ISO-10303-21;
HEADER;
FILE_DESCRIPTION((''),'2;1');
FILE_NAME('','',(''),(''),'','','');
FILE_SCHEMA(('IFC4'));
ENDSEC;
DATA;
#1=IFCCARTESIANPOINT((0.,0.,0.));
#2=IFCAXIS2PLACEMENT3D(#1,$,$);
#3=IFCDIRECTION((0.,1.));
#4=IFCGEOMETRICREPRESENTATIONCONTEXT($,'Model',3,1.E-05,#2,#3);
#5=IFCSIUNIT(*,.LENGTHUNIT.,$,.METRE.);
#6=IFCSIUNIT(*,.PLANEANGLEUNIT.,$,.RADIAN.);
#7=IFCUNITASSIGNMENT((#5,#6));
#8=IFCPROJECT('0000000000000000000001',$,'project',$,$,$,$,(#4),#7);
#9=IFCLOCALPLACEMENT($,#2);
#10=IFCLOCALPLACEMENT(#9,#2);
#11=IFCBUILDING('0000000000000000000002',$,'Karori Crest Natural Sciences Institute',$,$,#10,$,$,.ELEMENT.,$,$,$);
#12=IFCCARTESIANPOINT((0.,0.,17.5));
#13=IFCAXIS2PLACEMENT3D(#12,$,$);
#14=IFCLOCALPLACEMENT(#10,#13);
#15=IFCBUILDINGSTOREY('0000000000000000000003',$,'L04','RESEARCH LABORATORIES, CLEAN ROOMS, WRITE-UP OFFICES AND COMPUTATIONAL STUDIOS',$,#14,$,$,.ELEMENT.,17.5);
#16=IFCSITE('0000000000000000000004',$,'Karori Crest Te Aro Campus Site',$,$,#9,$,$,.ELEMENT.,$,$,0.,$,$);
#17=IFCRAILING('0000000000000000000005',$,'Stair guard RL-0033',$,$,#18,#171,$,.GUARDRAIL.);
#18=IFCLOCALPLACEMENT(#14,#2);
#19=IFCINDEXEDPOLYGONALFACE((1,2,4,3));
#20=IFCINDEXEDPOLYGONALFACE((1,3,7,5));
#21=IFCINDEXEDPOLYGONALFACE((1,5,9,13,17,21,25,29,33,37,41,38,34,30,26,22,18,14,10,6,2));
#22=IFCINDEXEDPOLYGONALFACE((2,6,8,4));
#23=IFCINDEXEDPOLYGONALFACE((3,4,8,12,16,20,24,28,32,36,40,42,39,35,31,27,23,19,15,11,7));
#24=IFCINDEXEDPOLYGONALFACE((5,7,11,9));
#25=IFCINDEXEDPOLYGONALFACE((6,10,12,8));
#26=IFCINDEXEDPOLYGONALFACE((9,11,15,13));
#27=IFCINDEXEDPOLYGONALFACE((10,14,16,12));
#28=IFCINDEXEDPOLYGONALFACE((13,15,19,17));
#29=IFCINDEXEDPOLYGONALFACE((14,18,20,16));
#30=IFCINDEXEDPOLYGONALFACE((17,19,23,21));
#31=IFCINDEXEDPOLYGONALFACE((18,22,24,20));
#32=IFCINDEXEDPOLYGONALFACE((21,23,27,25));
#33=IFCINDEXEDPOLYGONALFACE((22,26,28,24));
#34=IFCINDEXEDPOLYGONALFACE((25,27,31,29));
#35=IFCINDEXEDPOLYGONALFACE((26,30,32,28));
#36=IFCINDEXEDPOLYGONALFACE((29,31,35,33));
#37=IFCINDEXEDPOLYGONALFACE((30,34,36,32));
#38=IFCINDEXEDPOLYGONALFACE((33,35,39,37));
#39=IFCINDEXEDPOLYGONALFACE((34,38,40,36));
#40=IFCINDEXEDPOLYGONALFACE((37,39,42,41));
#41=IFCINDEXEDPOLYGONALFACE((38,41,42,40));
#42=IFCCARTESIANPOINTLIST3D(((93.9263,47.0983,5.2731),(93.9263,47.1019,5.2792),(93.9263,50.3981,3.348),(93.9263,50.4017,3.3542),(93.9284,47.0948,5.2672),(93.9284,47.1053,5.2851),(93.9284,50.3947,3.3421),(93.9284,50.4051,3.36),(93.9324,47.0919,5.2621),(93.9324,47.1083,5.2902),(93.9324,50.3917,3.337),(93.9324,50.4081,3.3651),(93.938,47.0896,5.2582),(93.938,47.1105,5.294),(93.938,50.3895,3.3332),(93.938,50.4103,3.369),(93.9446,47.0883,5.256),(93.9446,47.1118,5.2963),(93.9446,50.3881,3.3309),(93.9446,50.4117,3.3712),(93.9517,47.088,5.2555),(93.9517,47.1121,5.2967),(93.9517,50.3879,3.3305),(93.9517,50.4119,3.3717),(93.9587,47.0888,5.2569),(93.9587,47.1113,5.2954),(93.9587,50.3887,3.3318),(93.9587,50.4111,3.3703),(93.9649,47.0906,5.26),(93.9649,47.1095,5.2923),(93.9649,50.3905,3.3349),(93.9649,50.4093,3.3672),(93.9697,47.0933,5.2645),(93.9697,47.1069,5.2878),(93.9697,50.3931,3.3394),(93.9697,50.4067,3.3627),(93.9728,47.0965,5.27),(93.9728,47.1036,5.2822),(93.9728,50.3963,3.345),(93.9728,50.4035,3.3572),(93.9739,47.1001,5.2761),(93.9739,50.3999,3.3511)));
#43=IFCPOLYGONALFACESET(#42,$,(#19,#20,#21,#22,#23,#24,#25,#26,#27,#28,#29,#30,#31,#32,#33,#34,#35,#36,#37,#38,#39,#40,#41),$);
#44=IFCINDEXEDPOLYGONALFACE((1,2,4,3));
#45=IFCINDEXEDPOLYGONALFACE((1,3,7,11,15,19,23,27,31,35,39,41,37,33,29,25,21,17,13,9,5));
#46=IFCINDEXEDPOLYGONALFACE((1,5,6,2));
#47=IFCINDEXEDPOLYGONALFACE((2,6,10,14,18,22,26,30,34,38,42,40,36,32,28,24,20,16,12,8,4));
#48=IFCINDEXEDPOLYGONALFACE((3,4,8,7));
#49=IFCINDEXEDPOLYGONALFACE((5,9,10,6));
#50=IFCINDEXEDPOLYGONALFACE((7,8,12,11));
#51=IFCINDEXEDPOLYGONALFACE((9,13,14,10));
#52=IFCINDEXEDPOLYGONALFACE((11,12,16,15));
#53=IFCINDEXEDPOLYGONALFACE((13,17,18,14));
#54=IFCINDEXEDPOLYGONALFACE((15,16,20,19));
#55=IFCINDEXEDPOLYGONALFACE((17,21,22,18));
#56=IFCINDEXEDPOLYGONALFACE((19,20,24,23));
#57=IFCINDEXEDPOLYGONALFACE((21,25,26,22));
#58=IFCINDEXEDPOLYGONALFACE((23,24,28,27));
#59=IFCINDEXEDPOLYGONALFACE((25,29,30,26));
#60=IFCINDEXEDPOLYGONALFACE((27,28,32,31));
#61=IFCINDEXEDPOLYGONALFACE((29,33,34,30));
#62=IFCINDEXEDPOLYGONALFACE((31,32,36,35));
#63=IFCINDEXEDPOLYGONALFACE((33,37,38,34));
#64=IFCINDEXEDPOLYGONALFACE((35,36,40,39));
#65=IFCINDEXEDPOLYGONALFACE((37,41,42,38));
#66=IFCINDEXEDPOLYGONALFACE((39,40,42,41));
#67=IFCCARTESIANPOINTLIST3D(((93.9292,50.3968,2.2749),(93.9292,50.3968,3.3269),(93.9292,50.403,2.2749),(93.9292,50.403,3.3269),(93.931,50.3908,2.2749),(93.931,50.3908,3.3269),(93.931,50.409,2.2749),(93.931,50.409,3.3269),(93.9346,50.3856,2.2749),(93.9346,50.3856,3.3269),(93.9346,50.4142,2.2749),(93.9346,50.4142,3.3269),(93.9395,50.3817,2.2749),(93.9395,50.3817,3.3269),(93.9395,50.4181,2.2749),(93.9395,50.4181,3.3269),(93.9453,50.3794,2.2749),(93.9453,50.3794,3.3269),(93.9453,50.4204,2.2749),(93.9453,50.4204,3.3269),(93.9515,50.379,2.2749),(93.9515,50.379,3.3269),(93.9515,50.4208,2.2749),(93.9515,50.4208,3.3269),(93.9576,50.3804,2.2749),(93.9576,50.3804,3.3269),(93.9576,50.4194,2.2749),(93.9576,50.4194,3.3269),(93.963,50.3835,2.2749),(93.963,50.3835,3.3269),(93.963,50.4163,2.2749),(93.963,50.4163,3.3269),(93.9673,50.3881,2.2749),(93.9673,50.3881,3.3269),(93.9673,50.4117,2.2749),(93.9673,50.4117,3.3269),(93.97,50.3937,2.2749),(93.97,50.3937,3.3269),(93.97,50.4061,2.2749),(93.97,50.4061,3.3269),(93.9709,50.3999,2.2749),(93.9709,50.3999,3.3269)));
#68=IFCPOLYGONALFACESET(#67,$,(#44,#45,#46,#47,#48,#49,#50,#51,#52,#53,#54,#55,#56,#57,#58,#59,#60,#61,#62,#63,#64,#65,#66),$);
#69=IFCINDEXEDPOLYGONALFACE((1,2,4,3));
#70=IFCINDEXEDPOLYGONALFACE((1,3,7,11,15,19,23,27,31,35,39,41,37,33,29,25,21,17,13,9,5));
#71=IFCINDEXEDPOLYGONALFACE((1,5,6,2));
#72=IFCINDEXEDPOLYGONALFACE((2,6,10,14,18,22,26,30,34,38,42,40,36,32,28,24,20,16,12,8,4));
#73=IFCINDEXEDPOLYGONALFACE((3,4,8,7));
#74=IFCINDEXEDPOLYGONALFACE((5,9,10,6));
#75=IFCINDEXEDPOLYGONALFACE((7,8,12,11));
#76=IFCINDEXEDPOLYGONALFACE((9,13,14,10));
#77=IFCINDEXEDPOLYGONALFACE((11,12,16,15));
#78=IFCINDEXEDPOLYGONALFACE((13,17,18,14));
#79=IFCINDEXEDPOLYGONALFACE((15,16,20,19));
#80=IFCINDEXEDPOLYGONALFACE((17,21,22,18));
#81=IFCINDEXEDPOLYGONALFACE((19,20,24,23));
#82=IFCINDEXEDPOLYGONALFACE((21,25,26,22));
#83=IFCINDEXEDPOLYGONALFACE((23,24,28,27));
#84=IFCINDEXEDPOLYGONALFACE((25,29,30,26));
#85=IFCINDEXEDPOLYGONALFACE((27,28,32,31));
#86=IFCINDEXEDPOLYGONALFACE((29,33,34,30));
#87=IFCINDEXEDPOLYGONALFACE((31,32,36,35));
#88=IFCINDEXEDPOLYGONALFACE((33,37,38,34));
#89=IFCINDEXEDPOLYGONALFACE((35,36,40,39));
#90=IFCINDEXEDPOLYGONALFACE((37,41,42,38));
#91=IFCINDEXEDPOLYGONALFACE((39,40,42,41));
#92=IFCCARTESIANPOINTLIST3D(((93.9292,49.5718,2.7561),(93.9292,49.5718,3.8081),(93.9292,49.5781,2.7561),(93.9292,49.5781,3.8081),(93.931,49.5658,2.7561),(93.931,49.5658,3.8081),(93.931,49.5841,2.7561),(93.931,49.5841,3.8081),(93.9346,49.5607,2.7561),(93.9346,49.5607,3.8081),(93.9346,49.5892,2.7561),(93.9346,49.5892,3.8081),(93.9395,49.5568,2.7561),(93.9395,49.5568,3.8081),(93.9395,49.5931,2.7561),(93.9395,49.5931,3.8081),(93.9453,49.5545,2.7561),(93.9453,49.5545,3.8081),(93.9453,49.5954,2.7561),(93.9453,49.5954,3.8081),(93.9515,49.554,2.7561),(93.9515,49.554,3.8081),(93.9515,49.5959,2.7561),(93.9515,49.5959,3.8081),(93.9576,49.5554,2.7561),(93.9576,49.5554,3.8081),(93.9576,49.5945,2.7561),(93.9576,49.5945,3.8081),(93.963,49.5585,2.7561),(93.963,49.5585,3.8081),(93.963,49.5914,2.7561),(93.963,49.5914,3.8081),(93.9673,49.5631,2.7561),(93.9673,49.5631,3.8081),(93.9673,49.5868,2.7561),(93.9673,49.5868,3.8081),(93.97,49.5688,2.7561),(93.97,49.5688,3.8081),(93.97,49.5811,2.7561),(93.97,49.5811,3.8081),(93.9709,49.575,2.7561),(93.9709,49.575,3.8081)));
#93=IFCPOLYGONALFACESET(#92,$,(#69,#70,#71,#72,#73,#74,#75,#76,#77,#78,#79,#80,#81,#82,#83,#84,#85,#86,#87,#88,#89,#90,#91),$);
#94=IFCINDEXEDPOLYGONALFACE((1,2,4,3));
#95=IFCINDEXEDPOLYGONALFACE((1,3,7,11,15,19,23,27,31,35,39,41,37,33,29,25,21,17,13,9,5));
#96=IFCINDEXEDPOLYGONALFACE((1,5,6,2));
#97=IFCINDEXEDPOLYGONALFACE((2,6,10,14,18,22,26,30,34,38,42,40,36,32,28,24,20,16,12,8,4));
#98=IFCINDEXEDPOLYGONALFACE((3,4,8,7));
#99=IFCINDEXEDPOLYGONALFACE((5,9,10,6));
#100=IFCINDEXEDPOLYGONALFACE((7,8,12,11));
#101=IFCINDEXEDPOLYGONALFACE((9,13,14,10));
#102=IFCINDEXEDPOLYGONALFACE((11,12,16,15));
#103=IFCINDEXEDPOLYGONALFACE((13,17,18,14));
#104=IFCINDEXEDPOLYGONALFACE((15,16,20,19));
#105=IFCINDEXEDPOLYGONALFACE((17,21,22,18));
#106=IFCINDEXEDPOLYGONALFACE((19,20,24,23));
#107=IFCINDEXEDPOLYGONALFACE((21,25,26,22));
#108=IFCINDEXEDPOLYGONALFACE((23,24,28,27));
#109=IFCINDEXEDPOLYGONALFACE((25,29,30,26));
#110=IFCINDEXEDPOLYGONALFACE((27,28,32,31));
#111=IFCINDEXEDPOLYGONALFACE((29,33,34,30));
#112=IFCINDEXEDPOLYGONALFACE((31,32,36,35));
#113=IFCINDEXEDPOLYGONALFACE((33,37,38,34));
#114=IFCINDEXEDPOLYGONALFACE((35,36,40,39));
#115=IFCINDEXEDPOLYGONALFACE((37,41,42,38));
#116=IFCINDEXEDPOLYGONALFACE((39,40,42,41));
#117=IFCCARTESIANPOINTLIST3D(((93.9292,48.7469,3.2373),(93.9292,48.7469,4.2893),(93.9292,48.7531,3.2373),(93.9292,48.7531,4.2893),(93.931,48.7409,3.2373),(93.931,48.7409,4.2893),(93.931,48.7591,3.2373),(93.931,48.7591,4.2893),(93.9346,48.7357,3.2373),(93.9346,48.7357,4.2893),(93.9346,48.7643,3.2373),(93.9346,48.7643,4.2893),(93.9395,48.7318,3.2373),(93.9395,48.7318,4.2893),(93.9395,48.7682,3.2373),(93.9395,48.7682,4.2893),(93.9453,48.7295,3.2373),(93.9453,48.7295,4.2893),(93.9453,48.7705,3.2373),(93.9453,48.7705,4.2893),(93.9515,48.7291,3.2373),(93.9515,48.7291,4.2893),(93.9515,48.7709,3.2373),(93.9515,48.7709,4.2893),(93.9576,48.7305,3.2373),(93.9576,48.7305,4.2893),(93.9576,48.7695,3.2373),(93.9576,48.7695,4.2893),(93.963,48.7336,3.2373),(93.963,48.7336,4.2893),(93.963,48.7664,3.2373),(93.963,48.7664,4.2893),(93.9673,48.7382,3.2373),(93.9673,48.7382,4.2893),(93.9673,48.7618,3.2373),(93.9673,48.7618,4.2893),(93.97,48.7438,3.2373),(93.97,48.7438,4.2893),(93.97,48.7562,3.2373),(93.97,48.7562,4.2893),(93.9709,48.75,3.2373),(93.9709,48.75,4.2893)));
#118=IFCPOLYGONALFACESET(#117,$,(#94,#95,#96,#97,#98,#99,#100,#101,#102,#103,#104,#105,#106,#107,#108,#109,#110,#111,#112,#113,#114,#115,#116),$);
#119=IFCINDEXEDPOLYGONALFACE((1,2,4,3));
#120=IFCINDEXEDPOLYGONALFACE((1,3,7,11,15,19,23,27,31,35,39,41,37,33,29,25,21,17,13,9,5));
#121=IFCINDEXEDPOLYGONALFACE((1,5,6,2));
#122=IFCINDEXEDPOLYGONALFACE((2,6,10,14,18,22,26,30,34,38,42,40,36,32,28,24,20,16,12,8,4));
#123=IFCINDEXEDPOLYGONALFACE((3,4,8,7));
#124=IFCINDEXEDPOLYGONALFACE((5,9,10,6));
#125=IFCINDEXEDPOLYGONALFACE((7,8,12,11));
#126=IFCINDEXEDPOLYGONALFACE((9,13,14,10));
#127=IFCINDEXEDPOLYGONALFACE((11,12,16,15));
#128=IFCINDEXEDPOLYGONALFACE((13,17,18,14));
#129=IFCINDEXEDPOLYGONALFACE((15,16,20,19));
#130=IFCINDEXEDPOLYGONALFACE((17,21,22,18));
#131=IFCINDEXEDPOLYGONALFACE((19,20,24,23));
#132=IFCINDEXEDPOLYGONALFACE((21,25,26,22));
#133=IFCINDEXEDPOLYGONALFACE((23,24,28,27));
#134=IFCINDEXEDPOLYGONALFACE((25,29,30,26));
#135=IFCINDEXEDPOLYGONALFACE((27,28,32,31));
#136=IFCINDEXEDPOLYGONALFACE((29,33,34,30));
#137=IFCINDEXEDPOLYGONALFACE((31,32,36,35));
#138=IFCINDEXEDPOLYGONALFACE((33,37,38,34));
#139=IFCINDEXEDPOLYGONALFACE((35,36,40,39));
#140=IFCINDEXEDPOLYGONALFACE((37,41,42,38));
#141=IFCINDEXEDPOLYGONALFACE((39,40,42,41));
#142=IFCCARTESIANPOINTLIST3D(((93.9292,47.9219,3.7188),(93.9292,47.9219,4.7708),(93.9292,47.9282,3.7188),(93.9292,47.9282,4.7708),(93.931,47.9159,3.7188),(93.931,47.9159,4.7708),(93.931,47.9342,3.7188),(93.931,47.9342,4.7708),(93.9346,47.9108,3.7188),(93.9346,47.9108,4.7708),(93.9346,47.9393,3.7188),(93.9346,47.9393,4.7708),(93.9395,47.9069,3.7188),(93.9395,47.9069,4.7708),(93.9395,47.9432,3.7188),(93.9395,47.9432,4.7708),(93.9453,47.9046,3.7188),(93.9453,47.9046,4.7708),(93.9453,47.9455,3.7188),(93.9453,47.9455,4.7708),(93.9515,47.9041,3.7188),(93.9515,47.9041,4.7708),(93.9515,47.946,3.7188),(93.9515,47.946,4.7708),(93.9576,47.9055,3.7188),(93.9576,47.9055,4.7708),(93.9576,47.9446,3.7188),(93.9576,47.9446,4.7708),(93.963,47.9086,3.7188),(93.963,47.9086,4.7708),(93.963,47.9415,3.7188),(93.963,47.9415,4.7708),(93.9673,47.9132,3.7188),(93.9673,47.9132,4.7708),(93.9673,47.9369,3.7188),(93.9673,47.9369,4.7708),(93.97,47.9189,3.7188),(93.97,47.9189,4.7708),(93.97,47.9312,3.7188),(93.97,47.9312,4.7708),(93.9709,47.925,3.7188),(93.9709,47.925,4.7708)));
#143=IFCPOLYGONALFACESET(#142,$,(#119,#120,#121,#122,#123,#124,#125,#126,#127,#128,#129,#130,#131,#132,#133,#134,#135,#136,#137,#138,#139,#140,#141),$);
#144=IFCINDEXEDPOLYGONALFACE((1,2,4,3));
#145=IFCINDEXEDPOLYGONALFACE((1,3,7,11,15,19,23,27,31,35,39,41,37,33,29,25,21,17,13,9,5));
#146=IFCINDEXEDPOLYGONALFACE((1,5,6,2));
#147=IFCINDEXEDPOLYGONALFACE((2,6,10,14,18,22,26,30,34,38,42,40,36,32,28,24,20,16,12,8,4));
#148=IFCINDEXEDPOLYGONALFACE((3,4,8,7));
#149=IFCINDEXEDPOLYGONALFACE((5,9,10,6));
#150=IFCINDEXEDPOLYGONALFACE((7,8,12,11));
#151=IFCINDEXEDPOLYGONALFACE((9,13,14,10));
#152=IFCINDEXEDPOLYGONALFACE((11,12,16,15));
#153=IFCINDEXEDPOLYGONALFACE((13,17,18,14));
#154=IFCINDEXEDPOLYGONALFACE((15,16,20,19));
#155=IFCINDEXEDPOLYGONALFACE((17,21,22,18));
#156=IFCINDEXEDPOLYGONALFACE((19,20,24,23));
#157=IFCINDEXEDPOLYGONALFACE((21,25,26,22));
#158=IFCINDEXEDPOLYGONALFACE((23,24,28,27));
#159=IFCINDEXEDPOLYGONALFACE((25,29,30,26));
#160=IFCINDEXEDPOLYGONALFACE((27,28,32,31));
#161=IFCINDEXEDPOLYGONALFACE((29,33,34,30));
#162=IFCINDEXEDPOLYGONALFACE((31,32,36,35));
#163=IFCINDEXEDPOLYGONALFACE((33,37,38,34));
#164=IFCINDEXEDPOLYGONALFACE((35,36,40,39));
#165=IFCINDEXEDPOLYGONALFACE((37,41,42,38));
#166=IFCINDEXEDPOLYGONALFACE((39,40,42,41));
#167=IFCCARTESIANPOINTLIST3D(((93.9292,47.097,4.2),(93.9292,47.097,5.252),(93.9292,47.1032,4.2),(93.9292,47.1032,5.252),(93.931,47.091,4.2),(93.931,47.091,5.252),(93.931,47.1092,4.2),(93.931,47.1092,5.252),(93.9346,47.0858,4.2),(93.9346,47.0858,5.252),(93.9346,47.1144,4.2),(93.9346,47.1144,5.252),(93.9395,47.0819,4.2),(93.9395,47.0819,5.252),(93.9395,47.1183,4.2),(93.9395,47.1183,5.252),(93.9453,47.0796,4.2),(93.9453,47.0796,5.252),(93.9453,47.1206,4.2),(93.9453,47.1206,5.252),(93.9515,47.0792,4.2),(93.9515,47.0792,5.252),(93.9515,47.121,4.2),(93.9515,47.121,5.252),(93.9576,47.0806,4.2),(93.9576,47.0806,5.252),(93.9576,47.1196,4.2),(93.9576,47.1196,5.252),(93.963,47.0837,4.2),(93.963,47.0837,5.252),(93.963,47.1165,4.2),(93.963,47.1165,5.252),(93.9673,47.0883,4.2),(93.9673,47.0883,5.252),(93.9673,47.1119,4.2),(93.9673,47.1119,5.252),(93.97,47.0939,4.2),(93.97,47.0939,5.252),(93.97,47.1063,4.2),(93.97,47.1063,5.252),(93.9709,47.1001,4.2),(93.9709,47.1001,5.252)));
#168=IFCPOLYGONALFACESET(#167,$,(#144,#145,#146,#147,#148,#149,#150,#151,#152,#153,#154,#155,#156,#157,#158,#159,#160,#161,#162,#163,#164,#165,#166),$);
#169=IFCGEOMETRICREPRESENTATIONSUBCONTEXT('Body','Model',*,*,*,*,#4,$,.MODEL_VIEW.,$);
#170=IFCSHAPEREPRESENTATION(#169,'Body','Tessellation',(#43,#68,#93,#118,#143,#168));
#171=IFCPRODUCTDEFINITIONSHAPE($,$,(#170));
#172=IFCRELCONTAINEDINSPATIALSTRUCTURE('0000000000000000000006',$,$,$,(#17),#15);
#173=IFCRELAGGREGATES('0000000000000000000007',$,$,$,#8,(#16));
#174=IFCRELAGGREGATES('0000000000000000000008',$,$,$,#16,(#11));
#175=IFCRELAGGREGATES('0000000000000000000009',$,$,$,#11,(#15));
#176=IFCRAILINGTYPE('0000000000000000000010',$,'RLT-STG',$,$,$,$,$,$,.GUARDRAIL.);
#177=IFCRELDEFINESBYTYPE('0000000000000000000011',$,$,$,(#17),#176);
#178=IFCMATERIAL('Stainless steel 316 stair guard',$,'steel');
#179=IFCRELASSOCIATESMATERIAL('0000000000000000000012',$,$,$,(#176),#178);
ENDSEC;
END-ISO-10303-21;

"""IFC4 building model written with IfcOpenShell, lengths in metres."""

from ifc_helpers import new_model, si_unit, direction, frame, origin, origin_2d, place, context, subcontext, project, spatial, circle, extrude, material, type_object, element, save


model = new_model("IFC4")

# Units and contexts
model_context = context("Model", 3, precision=1e-05, world=origin(), true_north=direction((0.0, 1.0)))
body_context = subcontext(model_context, "Body", "Model", "MODEL_VIEW")
ifc_project = project(units=[si_unit("LENGTHUNIT", "METRE"), si_unit("PLANEANGLEUNIT", "RADIAN")], contexts=[model_context])

# Site, building, storey
site_placement = place(None, origin())
site = spatial("IfcSite", under=ifc_project, at=site_placement, Name="Karori Crest Te Aro Campus Site", CompositionType="ELEMENT", RefElevation=0.0)
building_placement = place(site_placement, origin())
building = spatial("IfcBuilding", under=site, at=building_placement, Name="Karori Crest Natural Sciences Institute", CompositionType="ELEMENT")
storey_placement = place(building_placement, frame((0.0, 0.0, 17.5)))
storey = spatial("IfcBuildingStorey", under=building, at=storey_placement, Name="L04", Description="RESEARCH LABORATORIES, CLEAN ROOMS, WRITE-UP OFFICES AND COMPUTATIONAL STUDIOS", CompositionType="ELEMENT", Elevation=17.5)

# Railing
ifc_material_1 = material(Name="Stainless steel 316 stair guard", Category="steel")
railing_type_1 = type_object("IfcRailingType", Name="RLT-STG", PredefinedType="GUARDRAIL", material=ifc_material_1)
railing_1_placement = place(storey_placement, frame((93.95, 50.3999, 2.2749)))
element("IfcRailing", 1, at=railing_1_placement, inside=storey, type_object=railing_type_1, Name="Stair guard RL-0033", PredefinedType="GUARDRAIL", context=body_context, shape_type="SweptSolid", body=[
    extrude(circle(Radius=0.0239, at=origin_2d()), frame((0.0, 0.0, 1.0762), z_axis=(0.0, -0.86376, 0.503903), x_axis=(1.0, 0.0, 0.0)), (0.0, 0.0, 1.0), 3.8203),
    extrude(circle(Radius=0.021, at=origin_2d()), origin(), (0.0, 0.0, 1.0), 1.052),
    extrude(circle(Radius=0.021, at=origin_2d()), frame((0.0, -0.825, 0.4812)), (0.0, 0.0, 1.0), 1.052),
    extrude(circle(Radius=0.021, at=origin_2d()), frame((0.0, -1.6499, 0.9624)), (0.0, 0.0, 1.0), 1.052),
    extrude(circle(Radius=0.021, at=origin_2d()), frame((0.0, -2.4749, 1.4438)), (0.0, 0.0, 1.0), 1.052),
    extrude(circle(Radius=0.021, at=origin_2d()), frame((0.0, -3.2998, 1.925)), (0.0, 0.0, 1.0), 1.052),
])

save(model, "model.ifc")
